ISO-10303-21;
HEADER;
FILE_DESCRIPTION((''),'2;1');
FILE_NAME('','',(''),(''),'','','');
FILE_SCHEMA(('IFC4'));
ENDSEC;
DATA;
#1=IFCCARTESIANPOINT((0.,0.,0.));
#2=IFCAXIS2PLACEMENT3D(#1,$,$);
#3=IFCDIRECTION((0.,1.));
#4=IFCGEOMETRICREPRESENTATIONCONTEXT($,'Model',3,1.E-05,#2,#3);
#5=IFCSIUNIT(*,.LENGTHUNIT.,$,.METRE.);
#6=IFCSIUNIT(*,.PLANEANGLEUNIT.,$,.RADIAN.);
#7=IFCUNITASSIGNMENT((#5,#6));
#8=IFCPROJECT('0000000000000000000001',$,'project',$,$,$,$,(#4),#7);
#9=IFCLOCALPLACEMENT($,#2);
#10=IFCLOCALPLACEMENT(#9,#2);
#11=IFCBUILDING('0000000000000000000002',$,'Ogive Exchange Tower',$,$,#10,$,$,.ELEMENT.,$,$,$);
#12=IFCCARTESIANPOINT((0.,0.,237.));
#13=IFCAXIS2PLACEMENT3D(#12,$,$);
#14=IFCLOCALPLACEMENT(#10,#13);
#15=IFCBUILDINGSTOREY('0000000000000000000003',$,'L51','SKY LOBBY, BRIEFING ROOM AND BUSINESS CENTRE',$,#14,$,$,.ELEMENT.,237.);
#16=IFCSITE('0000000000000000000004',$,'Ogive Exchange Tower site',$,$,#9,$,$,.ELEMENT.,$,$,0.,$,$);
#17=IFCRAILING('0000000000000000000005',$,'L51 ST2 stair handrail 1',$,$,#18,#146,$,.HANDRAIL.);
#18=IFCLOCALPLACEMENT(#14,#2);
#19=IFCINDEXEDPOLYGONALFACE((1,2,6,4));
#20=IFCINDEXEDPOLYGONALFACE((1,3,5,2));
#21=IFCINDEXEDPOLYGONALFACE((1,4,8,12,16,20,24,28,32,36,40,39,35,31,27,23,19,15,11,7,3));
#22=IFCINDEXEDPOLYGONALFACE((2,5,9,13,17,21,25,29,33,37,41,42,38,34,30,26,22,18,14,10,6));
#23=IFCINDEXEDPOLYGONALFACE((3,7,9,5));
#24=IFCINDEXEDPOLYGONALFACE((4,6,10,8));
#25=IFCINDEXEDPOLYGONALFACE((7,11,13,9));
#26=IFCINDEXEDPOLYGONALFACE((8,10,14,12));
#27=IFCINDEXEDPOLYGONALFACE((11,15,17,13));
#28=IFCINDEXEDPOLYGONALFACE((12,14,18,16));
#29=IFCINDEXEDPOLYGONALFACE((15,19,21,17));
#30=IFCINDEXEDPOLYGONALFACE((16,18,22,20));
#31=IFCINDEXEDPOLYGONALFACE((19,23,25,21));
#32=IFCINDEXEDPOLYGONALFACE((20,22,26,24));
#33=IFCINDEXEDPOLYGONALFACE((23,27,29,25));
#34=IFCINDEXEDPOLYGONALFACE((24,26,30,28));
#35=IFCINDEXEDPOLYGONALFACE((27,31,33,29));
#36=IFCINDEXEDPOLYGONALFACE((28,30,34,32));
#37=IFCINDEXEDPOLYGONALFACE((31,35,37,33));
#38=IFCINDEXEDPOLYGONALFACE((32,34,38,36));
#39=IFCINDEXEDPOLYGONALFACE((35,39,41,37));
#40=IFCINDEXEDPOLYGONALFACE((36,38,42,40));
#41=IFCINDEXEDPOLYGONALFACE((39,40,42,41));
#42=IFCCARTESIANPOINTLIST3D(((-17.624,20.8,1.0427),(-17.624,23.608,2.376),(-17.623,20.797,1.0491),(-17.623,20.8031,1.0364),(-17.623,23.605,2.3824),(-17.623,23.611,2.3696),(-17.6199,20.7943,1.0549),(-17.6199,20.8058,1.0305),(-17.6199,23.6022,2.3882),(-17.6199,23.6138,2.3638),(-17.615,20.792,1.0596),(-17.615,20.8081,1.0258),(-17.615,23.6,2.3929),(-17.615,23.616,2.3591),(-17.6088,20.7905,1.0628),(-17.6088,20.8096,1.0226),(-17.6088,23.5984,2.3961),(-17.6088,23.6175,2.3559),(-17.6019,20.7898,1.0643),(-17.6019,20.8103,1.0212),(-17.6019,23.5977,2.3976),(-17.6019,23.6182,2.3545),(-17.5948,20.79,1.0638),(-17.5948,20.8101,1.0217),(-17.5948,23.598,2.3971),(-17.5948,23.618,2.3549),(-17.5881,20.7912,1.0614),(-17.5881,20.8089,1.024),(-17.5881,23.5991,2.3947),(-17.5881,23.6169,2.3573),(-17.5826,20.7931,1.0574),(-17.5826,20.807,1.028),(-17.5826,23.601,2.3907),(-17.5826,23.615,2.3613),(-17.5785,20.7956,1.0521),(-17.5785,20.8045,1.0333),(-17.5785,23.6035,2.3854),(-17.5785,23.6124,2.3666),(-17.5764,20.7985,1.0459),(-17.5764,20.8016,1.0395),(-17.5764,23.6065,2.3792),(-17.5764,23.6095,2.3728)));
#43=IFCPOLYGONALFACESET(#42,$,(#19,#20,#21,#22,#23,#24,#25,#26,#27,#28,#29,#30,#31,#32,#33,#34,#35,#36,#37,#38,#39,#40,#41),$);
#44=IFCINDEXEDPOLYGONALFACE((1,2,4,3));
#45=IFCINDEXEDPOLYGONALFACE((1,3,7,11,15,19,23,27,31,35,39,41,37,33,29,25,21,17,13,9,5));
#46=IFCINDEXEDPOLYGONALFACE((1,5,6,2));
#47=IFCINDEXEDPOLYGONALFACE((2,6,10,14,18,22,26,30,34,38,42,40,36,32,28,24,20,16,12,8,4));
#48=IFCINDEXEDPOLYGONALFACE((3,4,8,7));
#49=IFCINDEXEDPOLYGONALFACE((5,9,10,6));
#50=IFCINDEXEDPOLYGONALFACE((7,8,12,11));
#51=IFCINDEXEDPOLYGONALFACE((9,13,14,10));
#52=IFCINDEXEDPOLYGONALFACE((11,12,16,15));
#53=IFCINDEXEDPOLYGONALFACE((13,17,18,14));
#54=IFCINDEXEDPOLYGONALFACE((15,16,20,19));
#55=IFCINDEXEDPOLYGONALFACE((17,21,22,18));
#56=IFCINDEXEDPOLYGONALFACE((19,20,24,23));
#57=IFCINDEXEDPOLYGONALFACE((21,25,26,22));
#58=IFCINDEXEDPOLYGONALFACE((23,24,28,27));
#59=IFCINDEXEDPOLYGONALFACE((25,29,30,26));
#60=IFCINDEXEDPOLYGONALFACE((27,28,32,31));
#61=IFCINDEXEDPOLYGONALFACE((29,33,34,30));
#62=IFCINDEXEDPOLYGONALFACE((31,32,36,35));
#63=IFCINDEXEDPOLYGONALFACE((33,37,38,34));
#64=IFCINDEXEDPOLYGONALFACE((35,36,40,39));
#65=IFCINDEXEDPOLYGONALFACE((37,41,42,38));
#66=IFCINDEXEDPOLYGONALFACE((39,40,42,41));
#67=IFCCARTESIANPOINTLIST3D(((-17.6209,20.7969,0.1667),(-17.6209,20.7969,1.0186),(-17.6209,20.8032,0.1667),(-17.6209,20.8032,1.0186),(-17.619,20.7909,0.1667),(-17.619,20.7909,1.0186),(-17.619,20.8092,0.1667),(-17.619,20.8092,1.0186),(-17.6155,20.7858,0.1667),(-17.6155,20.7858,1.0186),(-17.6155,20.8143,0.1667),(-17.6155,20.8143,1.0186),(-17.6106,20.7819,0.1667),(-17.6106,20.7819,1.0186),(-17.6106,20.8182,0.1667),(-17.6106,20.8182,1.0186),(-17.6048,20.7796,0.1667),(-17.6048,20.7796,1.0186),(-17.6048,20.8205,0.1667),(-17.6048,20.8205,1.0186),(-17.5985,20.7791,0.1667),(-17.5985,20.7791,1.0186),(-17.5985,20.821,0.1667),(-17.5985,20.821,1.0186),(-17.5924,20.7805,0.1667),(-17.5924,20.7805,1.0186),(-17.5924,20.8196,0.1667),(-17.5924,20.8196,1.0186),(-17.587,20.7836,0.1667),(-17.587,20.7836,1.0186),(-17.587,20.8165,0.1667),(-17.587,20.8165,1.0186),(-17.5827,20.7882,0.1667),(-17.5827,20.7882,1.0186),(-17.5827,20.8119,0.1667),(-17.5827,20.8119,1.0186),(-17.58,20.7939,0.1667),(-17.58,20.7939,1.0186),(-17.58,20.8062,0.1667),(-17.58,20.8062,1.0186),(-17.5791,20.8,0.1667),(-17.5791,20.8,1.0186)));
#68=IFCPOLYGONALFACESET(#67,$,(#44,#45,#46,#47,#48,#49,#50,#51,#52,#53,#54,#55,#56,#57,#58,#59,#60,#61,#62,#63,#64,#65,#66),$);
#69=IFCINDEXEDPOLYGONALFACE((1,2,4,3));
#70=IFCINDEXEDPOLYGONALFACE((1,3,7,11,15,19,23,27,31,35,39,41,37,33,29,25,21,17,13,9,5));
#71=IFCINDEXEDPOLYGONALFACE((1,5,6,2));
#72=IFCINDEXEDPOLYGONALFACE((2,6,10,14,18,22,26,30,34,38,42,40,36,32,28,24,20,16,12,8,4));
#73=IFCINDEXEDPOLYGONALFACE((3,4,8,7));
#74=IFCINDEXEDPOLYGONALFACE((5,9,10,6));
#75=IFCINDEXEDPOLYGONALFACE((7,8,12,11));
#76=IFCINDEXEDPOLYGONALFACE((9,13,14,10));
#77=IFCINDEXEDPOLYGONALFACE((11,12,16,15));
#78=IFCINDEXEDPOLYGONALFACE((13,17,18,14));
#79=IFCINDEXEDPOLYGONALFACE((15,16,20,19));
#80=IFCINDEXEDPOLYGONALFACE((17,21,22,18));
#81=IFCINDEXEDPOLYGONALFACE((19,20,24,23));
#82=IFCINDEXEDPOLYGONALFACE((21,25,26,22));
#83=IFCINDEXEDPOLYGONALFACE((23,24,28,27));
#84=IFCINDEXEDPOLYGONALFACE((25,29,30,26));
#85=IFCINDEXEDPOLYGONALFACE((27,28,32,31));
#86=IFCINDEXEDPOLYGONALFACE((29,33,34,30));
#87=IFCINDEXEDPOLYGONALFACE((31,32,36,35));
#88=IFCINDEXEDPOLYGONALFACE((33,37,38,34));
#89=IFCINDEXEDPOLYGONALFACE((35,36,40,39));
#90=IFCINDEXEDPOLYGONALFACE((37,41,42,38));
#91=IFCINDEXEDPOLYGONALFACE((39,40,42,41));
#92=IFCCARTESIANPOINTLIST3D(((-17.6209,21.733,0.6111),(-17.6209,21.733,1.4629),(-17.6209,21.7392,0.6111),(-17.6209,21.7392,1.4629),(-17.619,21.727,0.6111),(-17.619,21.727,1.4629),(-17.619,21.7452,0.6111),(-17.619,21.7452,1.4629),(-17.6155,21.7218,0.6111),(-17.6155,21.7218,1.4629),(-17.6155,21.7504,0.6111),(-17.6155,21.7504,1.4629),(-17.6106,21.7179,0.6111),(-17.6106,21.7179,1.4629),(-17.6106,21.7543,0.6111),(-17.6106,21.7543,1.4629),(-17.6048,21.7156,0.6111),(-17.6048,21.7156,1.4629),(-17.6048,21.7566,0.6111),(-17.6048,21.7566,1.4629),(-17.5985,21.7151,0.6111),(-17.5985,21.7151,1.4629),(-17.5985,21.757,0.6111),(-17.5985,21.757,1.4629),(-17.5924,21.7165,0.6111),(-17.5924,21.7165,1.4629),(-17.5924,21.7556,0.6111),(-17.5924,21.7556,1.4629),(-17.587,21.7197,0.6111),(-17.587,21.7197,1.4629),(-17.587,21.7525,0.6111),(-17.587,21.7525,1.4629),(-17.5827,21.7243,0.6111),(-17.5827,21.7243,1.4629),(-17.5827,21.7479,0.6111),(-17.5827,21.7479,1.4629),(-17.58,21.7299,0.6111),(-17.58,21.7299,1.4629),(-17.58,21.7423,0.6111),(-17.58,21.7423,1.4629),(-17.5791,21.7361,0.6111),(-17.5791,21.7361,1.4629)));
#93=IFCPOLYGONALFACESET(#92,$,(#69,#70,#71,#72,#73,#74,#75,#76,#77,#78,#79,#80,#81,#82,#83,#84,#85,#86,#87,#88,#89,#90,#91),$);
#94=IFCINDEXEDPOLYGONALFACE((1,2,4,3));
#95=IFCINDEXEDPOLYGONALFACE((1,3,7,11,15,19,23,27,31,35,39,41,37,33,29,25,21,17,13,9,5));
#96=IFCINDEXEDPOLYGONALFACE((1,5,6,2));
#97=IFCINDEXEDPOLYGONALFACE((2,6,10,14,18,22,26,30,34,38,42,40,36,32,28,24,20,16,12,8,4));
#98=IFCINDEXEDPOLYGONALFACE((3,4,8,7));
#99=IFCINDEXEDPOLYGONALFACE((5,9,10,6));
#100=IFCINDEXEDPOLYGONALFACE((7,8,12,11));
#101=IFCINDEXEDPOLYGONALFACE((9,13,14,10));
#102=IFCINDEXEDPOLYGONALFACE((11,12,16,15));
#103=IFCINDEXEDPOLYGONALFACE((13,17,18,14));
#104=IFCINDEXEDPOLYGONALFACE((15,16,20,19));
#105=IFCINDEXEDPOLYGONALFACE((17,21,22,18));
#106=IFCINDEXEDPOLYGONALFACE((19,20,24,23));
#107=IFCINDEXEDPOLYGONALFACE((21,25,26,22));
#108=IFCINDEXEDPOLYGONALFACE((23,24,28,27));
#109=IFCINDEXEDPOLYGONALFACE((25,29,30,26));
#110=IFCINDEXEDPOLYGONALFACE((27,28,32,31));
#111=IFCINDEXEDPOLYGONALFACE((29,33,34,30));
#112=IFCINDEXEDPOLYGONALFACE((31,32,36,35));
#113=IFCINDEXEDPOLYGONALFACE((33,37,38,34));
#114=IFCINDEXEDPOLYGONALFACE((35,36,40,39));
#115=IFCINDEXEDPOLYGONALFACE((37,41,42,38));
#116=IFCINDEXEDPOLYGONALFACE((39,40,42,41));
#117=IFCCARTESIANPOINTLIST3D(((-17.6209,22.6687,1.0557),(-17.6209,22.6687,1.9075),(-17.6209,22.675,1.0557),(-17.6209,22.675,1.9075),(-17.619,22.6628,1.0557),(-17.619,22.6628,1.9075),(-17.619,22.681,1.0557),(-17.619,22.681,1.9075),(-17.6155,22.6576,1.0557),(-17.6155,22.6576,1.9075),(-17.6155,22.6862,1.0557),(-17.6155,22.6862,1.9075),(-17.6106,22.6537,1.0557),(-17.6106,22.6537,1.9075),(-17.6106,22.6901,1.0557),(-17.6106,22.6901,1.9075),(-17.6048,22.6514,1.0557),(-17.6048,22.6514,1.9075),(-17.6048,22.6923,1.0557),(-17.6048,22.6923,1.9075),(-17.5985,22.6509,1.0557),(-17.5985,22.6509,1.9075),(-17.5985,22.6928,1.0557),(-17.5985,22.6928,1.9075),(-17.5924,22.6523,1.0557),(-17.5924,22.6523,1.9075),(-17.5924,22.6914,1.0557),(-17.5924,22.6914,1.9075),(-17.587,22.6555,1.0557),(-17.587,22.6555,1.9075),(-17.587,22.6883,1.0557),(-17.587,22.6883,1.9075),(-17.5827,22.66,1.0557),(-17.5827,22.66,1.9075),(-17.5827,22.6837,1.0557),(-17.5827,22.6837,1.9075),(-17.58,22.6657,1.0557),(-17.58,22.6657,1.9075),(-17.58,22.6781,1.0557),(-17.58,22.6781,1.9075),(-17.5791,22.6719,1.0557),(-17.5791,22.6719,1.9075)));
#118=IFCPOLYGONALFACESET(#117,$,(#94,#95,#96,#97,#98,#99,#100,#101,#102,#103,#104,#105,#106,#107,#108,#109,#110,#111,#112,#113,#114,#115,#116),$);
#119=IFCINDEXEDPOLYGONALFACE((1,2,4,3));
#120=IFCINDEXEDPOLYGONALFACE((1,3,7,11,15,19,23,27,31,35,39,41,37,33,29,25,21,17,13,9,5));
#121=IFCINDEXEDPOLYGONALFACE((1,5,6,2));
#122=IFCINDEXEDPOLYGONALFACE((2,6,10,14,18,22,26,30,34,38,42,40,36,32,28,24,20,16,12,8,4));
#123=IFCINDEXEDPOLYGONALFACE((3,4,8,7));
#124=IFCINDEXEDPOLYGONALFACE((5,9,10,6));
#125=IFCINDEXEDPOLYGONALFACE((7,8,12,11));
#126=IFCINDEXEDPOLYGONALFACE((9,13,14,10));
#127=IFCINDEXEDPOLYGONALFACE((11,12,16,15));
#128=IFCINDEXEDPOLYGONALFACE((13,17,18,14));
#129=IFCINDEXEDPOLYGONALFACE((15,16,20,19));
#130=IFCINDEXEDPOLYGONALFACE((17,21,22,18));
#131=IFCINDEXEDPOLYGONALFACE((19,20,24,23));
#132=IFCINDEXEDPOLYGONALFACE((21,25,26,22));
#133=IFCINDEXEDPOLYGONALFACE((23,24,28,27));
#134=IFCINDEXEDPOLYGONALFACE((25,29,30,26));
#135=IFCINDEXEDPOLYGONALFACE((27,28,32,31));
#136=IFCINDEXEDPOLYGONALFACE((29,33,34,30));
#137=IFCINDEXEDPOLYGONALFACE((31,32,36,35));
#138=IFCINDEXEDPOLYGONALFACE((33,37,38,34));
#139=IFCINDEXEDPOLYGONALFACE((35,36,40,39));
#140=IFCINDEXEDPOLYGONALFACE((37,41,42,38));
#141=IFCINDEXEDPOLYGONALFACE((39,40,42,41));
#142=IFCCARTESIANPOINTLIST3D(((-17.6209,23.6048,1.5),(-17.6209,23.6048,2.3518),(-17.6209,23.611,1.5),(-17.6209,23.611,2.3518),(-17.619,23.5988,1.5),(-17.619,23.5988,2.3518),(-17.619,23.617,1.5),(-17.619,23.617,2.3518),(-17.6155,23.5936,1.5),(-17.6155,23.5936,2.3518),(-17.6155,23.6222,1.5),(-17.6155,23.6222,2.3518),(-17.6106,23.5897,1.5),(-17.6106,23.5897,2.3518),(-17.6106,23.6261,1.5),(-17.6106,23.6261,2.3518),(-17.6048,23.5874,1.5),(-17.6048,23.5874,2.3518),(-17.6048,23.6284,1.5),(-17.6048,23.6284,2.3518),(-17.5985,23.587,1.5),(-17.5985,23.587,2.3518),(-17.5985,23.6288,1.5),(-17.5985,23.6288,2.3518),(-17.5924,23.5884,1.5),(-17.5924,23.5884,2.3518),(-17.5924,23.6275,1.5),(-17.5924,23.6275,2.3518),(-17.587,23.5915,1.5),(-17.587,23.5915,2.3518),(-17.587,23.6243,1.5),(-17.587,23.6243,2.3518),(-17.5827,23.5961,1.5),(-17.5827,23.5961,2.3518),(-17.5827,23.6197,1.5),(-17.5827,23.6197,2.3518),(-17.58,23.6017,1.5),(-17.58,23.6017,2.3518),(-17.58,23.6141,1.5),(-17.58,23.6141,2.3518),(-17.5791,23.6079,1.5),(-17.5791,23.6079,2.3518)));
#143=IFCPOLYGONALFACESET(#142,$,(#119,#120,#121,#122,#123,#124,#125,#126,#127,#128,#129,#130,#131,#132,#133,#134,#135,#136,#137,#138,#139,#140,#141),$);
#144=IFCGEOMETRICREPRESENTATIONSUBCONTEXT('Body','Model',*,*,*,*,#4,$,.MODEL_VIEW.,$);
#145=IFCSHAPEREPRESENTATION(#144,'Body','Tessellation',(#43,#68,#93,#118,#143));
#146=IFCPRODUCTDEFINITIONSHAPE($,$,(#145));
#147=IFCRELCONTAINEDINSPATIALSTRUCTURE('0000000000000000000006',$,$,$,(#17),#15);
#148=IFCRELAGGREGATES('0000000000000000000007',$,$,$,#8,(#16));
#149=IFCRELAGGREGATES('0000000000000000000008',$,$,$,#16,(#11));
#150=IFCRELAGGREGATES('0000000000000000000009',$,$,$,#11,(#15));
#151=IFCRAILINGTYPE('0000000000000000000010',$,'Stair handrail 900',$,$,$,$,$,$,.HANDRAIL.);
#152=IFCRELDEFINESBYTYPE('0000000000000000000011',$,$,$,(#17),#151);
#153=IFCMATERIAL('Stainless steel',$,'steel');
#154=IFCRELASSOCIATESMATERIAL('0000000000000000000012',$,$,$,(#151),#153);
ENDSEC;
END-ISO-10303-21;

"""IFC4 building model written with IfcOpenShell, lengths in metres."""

from ifc_helpers import new_model, si_unit, direction, frame, origin, origin_2d, place, context, subcontext, project, spatial, circle, extrude, material, type_object, element, save


model = new_model("IFC4")

# Units and contexts
model_context = context("Model", 3, precision=1e-05, world=origin(), true_north=direction((0.0, 1.0)))
body_context = subcontext(model_context, "Body", "Model", "MODEL_VIEW")
ifc_project = project(units=[si_unit("LENGTHUNIT", "METRE"), si_unit("PLANEANGLEUNIT", "RADIAN")], contexts=[model_context])

# Site, building, storey
site_placement = place(None, origin())
site = spatial("IfcSite", under=ifc_project, at=site_placement, Name="Ogive Exchange Tower site", CompositionType="ELEMENT", RefElevation=0.0)
building_placement = place(site_placement, origin())
building = spatial("IfcBuilding", under=site, at=building_placement, Name="Ogive Exchange Tower", CompositionType="ELEMENT")
storey_placement = place(building_placement, frame((0.0, 0.0, 237.0)))
storey = spatial("IfcBuildingStorey", under=building, at=storey_placement, Name="L51", Description="SKY LOBBY, BRIEFING ROOM AND BUSINESS CENTRE", CompositionType="ELEMENT", Elevation=237.0)

# Railing
ifc_material_1 = material(Name="Stainless steel", Category="steel")
railing_type = type_object("IfcRailingType", Name="Stair handrail 900", PredefinedType="HANDRAIL", material=ifc_material_1)
railing_1_placement = place(storey_placement, frame((-17.6001, 20.8, 0.1667)))
element("IfcRailing", 1, at=railing_1_placement, inside=storey, type_object=railing_type, Name="L51 ST2 stair handrail 1", PredefinedType="HANDRAIL", context=body_context, shape_type="SweptSolid", body=[
    extrude(circle(Radius=0.0239, at=origin_2d()), frame((0.0, 0.0, 0.876), z_axis=(0.0, 0.903338, 0.42893), x_axis=(-1.0, 0.0, 0.0)), (0.0, 0.0, 1.0), 3.1084),
    extrude(circle(Radius=0.021, at=origin_2d()), origin(), (0.0, 0.0, 1.0), 0.8518),
    extrude(circle(Radius=0.021, at=origin_2d()), frame((0.0, 0.936, 0.4443)), (0.0, 0.0, 1.0), 0.8518),
    extrude(circle(Radius=0.021, at=origin_2d()), frame((0.0, 1.8718, 0.8889)), (0.0, 0.0, 1.0), 0.8518),
    extrude(circle(Radius=0.021, at=origin_2d()), frame((0.0, 2.8079, 1.3333)), (0.0, 0.0, 1.0), 0.8518),
])

save(model, "model.ifc")
